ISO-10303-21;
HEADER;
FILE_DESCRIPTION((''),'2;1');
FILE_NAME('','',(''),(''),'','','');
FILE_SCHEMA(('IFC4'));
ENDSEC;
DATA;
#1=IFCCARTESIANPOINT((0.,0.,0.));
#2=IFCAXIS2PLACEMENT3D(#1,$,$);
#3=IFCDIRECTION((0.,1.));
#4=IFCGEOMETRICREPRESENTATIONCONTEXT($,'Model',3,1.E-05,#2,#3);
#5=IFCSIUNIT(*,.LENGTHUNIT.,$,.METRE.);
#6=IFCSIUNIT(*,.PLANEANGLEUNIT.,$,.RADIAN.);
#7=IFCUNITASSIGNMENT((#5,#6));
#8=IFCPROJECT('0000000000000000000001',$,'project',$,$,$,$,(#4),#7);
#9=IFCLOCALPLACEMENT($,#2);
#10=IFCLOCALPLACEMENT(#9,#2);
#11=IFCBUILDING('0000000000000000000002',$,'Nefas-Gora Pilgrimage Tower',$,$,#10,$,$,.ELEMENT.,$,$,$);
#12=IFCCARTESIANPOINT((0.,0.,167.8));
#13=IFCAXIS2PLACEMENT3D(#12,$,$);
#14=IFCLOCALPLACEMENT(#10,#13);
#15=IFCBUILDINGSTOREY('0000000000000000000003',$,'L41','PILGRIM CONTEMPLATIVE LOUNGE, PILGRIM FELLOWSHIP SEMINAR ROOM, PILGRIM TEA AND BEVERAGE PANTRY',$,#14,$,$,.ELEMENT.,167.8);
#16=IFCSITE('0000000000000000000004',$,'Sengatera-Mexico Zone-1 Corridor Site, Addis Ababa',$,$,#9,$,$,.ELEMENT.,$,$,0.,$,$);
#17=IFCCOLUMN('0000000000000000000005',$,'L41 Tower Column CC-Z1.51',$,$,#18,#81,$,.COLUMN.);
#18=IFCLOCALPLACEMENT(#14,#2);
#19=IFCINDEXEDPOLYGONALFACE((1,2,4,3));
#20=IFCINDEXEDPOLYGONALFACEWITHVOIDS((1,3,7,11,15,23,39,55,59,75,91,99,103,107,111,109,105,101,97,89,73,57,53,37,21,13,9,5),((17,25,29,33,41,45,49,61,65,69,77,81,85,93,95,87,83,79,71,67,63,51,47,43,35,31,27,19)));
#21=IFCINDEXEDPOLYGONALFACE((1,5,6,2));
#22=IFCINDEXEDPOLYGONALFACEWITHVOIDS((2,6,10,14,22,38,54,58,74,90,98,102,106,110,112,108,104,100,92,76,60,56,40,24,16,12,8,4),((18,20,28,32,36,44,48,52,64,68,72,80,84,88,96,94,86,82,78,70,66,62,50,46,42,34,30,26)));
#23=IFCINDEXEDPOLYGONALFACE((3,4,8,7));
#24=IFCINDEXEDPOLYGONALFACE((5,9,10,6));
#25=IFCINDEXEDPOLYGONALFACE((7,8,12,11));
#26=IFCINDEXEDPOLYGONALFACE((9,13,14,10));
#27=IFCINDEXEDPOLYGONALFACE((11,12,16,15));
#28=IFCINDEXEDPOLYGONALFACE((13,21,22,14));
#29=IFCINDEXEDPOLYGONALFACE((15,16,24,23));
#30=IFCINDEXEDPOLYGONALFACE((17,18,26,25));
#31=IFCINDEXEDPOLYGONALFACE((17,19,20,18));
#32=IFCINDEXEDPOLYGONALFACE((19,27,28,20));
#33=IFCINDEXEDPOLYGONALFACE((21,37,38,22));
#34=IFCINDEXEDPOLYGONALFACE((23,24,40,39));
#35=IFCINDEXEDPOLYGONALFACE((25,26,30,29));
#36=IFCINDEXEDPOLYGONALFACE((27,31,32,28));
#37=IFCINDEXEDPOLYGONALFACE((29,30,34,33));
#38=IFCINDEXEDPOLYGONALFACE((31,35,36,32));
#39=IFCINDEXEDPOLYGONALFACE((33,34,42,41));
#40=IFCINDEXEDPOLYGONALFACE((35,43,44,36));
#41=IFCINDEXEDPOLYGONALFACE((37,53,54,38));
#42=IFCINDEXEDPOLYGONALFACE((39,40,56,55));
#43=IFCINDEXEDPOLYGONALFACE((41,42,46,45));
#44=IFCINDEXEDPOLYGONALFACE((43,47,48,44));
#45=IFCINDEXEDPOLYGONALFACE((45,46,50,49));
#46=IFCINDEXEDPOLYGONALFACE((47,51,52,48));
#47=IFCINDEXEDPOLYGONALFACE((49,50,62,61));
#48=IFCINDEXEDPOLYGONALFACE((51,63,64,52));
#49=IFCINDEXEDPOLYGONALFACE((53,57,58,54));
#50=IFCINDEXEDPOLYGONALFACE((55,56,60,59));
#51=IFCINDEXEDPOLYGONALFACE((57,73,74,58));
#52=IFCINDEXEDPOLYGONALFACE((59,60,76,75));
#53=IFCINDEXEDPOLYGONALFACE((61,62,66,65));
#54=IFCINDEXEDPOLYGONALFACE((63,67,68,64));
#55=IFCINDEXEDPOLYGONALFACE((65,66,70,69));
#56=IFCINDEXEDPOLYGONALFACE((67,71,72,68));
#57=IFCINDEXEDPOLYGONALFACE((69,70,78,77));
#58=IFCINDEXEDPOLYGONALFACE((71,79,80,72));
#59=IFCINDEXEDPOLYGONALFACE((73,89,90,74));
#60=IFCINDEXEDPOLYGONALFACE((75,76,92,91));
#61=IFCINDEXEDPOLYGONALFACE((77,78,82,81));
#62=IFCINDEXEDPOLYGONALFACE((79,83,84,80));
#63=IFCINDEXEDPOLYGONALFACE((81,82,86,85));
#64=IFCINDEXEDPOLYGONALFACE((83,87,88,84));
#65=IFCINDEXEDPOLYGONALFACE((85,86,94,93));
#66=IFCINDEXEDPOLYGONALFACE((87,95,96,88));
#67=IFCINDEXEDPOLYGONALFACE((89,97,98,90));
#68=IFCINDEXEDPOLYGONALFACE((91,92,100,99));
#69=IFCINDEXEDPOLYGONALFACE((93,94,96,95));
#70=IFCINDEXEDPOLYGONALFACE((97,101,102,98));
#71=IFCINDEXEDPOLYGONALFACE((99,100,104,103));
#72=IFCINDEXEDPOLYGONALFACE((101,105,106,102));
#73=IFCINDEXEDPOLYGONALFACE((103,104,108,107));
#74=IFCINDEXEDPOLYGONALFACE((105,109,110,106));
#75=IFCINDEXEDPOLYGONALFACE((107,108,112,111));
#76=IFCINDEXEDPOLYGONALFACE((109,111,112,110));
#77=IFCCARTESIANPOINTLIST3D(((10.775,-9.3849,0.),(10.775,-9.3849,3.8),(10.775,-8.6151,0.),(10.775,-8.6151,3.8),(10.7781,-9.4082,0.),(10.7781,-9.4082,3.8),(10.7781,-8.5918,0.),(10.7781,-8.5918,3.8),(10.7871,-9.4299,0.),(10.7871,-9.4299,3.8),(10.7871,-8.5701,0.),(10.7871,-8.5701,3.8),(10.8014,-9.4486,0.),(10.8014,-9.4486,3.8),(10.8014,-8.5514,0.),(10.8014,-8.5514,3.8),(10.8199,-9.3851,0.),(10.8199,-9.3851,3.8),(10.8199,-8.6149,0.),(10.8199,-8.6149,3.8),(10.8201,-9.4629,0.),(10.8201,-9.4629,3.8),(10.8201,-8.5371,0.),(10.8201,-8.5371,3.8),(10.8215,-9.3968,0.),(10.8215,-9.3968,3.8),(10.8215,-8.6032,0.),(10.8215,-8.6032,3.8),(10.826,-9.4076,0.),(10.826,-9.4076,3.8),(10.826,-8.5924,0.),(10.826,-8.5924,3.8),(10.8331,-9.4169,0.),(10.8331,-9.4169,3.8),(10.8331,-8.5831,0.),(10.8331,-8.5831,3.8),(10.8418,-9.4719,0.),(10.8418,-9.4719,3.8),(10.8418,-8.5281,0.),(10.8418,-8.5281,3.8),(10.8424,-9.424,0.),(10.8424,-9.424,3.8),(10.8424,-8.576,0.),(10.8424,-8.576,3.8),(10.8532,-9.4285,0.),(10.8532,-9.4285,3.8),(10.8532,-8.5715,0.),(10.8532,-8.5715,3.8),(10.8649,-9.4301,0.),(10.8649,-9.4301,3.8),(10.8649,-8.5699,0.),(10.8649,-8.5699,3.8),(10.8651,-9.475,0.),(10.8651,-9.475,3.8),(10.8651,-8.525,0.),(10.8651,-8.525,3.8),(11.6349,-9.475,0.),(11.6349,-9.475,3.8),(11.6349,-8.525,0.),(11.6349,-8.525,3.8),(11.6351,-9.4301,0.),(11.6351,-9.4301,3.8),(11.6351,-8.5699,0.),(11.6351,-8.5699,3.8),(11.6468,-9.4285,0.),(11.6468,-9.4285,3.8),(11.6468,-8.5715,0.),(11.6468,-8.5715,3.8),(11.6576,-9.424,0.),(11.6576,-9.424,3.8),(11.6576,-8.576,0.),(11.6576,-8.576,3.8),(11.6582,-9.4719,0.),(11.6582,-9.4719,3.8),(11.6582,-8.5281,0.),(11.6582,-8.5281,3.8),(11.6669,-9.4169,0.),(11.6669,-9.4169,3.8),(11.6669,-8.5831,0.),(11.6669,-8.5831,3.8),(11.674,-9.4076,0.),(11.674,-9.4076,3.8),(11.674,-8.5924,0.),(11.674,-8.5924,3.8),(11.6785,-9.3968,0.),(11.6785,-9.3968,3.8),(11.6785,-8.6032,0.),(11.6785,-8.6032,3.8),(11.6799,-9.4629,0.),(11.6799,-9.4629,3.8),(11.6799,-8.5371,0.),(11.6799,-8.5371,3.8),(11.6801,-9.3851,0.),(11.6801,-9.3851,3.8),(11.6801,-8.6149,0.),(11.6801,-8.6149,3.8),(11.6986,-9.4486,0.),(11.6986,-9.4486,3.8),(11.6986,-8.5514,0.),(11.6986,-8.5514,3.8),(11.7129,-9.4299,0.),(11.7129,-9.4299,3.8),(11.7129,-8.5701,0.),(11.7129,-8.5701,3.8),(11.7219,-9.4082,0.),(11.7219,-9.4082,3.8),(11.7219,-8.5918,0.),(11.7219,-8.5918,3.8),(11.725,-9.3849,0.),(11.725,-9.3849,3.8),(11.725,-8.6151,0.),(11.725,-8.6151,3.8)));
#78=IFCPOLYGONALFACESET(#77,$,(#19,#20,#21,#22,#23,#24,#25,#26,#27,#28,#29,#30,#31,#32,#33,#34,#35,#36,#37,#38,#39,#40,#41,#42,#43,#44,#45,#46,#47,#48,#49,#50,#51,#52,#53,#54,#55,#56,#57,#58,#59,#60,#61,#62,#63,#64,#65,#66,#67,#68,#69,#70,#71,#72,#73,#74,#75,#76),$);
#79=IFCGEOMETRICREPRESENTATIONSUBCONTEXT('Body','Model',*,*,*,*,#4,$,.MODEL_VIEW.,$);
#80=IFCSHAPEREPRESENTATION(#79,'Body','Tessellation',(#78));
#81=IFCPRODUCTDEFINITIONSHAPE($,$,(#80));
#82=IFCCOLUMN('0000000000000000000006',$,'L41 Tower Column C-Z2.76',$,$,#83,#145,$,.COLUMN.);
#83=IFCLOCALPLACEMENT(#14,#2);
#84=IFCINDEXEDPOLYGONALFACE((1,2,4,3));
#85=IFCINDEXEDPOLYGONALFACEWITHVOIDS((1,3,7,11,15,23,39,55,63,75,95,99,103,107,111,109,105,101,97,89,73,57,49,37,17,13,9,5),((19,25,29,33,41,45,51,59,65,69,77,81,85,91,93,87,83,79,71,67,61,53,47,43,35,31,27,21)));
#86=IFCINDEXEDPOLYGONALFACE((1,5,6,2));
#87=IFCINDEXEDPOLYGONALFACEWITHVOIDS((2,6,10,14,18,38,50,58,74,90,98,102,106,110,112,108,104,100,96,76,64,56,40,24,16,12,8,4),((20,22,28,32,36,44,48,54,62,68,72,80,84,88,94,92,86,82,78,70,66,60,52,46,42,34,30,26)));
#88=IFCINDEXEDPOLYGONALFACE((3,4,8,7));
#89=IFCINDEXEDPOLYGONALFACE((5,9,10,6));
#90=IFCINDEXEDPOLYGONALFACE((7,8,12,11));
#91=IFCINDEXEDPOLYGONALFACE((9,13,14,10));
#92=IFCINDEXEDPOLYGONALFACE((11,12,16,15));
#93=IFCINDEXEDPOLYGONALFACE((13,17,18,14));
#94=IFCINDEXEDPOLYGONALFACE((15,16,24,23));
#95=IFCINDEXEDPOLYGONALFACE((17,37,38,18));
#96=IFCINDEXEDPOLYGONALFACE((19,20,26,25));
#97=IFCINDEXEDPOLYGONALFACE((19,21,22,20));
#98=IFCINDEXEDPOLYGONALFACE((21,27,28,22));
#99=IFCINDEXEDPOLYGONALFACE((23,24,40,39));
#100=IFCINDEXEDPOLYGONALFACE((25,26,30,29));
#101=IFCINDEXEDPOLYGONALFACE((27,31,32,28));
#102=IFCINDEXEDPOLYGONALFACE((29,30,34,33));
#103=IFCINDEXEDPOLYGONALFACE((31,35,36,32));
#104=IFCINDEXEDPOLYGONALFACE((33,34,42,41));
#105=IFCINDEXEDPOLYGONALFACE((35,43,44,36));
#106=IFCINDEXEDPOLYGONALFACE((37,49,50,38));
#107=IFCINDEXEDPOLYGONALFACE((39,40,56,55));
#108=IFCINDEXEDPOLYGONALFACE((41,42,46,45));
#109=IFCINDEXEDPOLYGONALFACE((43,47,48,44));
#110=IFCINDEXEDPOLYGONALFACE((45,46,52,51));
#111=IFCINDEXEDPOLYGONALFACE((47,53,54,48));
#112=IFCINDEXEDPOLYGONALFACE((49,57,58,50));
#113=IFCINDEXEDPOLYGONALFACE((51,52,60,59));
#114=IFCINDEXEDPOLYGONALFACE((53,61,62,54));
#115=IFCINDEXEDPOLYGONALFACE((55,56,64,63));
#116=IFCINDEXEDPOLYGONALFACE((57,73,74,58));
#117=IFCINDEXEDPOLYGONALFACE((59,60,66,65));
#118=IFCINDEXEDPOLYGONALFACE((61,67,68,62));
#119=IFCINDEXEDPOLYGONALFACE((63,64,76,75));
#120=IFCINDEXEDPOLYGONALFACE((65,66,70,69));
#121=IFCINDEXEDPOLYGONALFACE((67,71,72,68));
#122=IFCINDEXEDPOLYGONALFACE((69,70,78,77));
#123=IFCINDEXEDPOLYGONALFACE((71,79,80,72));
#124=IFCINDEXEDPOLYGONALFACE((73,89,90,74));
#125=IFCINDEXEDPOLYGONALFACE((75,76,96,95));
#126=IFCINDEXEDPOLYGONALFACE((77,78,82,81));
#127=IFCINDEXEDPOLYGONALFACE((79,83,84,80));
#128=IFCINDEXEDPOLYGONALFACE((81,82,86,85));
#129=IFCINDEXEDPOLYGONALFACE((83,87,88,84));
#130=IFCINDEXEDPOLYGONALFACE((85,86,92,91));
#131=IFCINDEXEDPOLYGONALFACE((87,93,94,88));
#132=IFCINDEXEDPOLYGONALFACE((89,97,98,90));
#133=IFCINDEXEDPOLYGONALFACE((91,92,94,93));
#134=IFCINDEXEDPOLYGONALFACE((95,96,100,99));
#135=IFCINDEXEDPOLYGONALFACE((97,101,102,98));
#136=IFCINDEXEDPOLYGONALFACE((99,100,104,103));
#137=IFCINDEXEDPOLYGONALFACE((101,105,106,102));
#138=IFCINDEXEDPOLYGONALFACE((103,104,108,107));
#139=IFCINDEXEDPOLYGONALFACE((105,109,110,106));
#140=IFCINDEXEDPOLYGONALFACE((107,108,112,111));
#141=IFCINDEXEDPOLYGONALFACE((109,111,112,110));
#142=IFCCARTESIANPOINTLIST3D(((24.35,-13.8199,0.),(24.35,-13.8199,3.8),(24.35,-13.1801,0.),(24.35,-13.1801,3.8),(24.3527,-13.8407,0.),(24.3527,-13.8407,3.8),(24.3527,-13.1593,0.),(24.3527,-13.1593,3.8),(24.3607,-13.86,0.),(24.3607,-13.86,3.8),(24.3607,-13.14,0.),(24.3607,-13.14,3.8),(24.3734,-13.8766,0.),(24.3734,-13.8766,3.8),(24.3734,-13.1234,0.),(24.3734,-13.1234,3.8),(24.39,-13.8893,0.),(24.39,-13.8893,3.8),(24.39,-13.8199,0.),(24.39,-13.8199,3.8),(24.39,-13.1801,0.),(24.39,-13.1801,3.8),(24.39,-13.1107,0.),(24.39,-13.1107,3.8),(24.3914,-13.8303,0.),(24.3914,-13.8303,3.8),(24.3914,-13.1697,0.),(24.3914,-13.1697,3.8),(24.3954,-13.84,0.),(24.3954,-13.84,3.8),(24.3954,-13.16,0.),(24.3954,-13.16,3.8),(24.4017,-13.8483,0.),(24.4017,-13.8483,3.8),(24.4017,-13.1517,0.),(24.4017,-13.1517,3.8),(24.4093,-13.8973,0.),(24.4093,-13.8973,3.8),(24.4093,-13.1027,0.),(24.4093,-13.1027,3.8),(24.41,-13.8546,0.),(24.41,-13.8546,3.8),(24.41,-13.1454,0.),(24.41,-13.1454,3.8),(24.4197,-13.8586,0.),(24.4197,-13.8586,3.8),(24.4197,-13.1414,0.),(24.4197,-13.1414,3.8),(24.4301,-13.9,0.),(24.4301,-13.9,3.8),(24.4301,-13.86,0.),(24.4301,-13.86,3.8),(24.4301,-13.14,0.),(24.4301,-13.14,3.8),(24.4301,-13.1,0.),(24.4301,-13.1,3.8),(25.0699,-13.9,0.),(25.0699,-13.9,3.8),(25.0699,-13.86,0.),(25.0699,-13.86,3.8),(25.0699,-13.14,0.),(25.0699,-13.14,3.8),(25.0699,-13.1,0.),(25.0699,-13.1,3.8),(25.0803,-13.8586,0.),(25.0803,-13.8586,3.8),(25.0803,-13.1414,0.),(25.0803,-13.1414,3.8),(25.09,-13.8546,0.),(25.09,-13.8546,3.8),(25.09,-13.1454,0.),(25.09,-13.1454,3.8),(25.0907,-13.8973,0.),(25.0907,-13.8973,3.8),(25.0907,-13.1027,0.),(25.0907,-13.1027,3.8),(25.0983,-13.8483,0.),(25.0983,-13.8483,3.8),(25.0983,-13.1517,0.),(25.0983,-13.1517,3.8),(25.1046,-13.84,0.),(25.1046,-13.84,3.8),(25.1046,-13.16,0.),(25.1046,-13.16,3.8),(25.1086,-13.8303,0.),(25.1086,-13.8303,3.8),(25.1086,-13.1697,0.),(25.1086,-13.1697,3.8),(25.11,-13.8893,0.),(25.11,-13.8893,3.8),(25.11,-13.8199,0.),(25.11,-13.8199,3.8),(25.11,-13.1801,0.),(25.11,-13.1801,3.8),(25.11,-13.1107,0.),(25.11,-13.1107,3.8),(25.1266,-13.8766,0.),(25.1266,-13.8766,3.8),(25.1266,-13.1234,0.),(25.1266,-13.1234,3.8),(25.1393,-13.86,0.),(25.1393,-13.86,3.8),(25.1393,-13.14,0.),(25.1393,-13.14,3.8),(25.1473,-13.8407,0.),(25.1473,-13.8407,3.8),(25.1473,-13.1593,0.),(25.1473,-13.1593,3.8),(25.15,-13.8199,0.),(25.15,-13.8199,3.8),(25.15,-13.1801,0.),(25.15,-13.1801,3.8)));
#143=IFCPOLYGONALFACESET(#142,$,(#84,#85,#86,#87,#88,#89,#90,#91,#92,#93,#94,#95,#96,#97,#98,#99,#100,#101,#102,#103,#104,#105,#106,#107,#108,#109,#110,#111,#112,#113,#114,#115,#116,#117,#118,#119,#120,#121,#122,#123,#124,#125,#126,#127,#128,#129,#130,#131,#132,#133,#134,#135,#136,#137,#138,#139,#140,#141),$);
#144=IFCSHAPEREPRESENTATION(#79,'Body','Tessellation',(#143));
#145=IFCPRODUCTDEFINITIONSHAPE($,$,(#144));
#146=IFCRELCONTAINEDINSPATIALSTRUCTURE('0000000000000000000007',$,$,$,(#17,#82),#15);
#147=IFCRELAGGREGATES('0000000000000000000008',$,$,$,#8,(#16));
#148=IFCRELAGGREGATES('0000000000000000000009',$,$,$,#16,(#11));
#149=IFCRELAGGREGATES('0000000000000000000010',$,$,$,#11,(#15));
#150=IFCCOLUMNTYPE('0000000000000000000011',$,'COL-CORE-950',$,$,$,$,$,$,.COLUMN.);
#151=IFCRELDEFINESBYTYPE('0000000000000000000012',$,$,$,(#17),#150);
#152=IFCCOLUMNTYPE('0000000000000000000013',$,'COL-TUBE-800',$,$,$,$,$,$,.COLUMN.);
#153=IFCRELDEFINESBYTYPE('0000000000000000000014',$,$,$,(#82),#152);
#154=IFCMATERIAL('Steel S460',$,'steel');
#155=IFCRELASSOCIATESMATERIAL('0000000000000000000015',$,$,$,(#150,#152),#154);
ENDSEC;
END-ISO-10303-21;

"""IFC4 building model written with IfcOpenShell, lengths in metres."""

from ifc_helpers import new_model, si_unit, direction, frame, origin, origin_2d, place, context, subcontext, project, spatial, hollow_rectangle, extrude, source, transform, mapped, material, material_profile, profile_set, type_object, element, save


model = new_model("IFC4")

# Units and contexts
model_context = context("Model", 3, precision=1e-05, world=origin(), true_north=direction((0.0, 1.0)))
body_context = subcontext(model_context, "Body", "Model", "MODEL_VIEW")
ifc_project = project(units=[si_unit("LENGTHUNIT", "METRE"), si_unit("PLANEANGLEUNIT", "RADIAN")], contexts=[model_context])

# Site, building, storey
site_placement = place(None, origin())
site = spatial("IfcSite", under=ifc_project, at=site_placement, Name="Sengatera-Mexico Zone-1 Corridor Site, Addis Ababa", CompositionType="ELEMENT", RefElevation=0.0)
building_placement = place(site_placement, origin())
building = spatial("IfcBuilding", under=site, at=building_placement, Name="Nefas-Gora Pilgrimage Tower", CompositionType="ELEMENT")
storey_placement = place(building_placement, frame((0.0, 0.0, 167.8)))
storey = spatial("IfcBuildingStorey", under=building, at=storey_placement, Name="L41", Description="PILGRIM CONTEMPLATIVE LOUNGE, PILGRIM FELLOWSHIP SEMINAR ROOM, PILGRIM TEA AND BEVERAGE PANTRY", CompositionType="ELEMENT", Elevation=167.8)

# Columns
ifc_material_1 = material(Name="Steel S460", Category="steel")
ifc_material_profile_1 = material_profile(ifc_material_1, hollow_rectangle(XDim=0.95, YDim=0.95, WallThickness=0.0449, InnerFilletRadius=0.0449, OuterFilletRadius=0.0901, at=origin_2d()), Name="BOX 950x950x45")
ifc_profile_set_1 = profile_set([ifc_material_profile_1], Name="Steel S460")
column_type_1 = type_object("IfcColumnType", Name="COL-CORE-950", PredefinedType="COLUMN", material=ifc_profile_set_1)
shared_shape_1 = source(origin(), body_context, "Body", "SweptSolid", [
    extrude(hollow_rectangle(XDim=0.95, YDim=0.95, WallThickness=0.0449, InnerFilletRadius=0.0449, OuterFilletRadius=0.0901, at=origin_2d()), origin(), (0.0, 0.0, 1.0), 3.8),
])
column_placement = place(storey_placement, frame((11.25, -9.0, 0.0), z_axis=(0.0, 0.0, 1.0), x_axis=(1.0, 0.0, 0.0)))
element("IfcColumn", 1, at=column_placement, inside=storey, type_object=column_type_1, Name="L41 Tower Column CC-Z1.51", PredefinedType="COLUMN", context=body_context, shape_type="MappedRepresentation", body=[
    mapped(shared_shape_1, transform((0.0, 0.0, 0.0), x_axis=(1.0, 0.0, 0.0), y_axis=(0.0, 1.0, 0.0), z_axis=(0.0, 0.0, 1.0), scale=1.0)),
])
ifc_material_profile_2 = material_profile(ifc_material_1, hollow_rectangle(XDim=0.8, YDim=0.8, WallThickness=0.04, InnerFilletRadius=0.04, OuterFilletRadius=0.0801, at=origin_2d()), Name="BOX 800x800x40")
ifc_profile_set_2 = profile_set([ifc_material_profile_2], Name="Steel S460")
column_type_2 = type_object("IfcColumnType", Name="COL-TUBE-800", PredefinedType="COLUMN", material=ifc_profile_set_2)
shared_shape_2 = source(origin(), body_context, "Body", "SweptSolid", [
    extrude(hollow_rectangle(XDim=0.8, YDim=0.8, WallThickness=0.04, InnerFilletRadius=0.04, OuterFilletRadius=0.0801, at=origin_2d()), origin(), (0.0, 0.0, 1.0), 3.8),
])
for number, where, z_axis, x_axis, name in (
    (2, (24.75, -13.5, 0.0), (0.0, 0.0, 1.0), (1.0, 0.0, 0.0), "L41 Tower Column C-Z2.76"),
):
    element("IfcColumn", number, at=place(storey_placement, frame(where, z_axis=z_axis, x_axis=x_axis)), inside=storey, type_object=column_type_2, Name=name, PredefinedType="COLUMN", context=body_context, shape_type="MappedRepresentation", body=[
        mapped(shared_shape_2, transform((0.0, 0.0, 0.0), x_axis=(1.0, 0.0, 0.0), y_axis=(0.0, 1.0, 0.0), z_axis=(0.0, 0.0, 1.0), scale=1.0)),
    ])

save(model, "model.ifc")
